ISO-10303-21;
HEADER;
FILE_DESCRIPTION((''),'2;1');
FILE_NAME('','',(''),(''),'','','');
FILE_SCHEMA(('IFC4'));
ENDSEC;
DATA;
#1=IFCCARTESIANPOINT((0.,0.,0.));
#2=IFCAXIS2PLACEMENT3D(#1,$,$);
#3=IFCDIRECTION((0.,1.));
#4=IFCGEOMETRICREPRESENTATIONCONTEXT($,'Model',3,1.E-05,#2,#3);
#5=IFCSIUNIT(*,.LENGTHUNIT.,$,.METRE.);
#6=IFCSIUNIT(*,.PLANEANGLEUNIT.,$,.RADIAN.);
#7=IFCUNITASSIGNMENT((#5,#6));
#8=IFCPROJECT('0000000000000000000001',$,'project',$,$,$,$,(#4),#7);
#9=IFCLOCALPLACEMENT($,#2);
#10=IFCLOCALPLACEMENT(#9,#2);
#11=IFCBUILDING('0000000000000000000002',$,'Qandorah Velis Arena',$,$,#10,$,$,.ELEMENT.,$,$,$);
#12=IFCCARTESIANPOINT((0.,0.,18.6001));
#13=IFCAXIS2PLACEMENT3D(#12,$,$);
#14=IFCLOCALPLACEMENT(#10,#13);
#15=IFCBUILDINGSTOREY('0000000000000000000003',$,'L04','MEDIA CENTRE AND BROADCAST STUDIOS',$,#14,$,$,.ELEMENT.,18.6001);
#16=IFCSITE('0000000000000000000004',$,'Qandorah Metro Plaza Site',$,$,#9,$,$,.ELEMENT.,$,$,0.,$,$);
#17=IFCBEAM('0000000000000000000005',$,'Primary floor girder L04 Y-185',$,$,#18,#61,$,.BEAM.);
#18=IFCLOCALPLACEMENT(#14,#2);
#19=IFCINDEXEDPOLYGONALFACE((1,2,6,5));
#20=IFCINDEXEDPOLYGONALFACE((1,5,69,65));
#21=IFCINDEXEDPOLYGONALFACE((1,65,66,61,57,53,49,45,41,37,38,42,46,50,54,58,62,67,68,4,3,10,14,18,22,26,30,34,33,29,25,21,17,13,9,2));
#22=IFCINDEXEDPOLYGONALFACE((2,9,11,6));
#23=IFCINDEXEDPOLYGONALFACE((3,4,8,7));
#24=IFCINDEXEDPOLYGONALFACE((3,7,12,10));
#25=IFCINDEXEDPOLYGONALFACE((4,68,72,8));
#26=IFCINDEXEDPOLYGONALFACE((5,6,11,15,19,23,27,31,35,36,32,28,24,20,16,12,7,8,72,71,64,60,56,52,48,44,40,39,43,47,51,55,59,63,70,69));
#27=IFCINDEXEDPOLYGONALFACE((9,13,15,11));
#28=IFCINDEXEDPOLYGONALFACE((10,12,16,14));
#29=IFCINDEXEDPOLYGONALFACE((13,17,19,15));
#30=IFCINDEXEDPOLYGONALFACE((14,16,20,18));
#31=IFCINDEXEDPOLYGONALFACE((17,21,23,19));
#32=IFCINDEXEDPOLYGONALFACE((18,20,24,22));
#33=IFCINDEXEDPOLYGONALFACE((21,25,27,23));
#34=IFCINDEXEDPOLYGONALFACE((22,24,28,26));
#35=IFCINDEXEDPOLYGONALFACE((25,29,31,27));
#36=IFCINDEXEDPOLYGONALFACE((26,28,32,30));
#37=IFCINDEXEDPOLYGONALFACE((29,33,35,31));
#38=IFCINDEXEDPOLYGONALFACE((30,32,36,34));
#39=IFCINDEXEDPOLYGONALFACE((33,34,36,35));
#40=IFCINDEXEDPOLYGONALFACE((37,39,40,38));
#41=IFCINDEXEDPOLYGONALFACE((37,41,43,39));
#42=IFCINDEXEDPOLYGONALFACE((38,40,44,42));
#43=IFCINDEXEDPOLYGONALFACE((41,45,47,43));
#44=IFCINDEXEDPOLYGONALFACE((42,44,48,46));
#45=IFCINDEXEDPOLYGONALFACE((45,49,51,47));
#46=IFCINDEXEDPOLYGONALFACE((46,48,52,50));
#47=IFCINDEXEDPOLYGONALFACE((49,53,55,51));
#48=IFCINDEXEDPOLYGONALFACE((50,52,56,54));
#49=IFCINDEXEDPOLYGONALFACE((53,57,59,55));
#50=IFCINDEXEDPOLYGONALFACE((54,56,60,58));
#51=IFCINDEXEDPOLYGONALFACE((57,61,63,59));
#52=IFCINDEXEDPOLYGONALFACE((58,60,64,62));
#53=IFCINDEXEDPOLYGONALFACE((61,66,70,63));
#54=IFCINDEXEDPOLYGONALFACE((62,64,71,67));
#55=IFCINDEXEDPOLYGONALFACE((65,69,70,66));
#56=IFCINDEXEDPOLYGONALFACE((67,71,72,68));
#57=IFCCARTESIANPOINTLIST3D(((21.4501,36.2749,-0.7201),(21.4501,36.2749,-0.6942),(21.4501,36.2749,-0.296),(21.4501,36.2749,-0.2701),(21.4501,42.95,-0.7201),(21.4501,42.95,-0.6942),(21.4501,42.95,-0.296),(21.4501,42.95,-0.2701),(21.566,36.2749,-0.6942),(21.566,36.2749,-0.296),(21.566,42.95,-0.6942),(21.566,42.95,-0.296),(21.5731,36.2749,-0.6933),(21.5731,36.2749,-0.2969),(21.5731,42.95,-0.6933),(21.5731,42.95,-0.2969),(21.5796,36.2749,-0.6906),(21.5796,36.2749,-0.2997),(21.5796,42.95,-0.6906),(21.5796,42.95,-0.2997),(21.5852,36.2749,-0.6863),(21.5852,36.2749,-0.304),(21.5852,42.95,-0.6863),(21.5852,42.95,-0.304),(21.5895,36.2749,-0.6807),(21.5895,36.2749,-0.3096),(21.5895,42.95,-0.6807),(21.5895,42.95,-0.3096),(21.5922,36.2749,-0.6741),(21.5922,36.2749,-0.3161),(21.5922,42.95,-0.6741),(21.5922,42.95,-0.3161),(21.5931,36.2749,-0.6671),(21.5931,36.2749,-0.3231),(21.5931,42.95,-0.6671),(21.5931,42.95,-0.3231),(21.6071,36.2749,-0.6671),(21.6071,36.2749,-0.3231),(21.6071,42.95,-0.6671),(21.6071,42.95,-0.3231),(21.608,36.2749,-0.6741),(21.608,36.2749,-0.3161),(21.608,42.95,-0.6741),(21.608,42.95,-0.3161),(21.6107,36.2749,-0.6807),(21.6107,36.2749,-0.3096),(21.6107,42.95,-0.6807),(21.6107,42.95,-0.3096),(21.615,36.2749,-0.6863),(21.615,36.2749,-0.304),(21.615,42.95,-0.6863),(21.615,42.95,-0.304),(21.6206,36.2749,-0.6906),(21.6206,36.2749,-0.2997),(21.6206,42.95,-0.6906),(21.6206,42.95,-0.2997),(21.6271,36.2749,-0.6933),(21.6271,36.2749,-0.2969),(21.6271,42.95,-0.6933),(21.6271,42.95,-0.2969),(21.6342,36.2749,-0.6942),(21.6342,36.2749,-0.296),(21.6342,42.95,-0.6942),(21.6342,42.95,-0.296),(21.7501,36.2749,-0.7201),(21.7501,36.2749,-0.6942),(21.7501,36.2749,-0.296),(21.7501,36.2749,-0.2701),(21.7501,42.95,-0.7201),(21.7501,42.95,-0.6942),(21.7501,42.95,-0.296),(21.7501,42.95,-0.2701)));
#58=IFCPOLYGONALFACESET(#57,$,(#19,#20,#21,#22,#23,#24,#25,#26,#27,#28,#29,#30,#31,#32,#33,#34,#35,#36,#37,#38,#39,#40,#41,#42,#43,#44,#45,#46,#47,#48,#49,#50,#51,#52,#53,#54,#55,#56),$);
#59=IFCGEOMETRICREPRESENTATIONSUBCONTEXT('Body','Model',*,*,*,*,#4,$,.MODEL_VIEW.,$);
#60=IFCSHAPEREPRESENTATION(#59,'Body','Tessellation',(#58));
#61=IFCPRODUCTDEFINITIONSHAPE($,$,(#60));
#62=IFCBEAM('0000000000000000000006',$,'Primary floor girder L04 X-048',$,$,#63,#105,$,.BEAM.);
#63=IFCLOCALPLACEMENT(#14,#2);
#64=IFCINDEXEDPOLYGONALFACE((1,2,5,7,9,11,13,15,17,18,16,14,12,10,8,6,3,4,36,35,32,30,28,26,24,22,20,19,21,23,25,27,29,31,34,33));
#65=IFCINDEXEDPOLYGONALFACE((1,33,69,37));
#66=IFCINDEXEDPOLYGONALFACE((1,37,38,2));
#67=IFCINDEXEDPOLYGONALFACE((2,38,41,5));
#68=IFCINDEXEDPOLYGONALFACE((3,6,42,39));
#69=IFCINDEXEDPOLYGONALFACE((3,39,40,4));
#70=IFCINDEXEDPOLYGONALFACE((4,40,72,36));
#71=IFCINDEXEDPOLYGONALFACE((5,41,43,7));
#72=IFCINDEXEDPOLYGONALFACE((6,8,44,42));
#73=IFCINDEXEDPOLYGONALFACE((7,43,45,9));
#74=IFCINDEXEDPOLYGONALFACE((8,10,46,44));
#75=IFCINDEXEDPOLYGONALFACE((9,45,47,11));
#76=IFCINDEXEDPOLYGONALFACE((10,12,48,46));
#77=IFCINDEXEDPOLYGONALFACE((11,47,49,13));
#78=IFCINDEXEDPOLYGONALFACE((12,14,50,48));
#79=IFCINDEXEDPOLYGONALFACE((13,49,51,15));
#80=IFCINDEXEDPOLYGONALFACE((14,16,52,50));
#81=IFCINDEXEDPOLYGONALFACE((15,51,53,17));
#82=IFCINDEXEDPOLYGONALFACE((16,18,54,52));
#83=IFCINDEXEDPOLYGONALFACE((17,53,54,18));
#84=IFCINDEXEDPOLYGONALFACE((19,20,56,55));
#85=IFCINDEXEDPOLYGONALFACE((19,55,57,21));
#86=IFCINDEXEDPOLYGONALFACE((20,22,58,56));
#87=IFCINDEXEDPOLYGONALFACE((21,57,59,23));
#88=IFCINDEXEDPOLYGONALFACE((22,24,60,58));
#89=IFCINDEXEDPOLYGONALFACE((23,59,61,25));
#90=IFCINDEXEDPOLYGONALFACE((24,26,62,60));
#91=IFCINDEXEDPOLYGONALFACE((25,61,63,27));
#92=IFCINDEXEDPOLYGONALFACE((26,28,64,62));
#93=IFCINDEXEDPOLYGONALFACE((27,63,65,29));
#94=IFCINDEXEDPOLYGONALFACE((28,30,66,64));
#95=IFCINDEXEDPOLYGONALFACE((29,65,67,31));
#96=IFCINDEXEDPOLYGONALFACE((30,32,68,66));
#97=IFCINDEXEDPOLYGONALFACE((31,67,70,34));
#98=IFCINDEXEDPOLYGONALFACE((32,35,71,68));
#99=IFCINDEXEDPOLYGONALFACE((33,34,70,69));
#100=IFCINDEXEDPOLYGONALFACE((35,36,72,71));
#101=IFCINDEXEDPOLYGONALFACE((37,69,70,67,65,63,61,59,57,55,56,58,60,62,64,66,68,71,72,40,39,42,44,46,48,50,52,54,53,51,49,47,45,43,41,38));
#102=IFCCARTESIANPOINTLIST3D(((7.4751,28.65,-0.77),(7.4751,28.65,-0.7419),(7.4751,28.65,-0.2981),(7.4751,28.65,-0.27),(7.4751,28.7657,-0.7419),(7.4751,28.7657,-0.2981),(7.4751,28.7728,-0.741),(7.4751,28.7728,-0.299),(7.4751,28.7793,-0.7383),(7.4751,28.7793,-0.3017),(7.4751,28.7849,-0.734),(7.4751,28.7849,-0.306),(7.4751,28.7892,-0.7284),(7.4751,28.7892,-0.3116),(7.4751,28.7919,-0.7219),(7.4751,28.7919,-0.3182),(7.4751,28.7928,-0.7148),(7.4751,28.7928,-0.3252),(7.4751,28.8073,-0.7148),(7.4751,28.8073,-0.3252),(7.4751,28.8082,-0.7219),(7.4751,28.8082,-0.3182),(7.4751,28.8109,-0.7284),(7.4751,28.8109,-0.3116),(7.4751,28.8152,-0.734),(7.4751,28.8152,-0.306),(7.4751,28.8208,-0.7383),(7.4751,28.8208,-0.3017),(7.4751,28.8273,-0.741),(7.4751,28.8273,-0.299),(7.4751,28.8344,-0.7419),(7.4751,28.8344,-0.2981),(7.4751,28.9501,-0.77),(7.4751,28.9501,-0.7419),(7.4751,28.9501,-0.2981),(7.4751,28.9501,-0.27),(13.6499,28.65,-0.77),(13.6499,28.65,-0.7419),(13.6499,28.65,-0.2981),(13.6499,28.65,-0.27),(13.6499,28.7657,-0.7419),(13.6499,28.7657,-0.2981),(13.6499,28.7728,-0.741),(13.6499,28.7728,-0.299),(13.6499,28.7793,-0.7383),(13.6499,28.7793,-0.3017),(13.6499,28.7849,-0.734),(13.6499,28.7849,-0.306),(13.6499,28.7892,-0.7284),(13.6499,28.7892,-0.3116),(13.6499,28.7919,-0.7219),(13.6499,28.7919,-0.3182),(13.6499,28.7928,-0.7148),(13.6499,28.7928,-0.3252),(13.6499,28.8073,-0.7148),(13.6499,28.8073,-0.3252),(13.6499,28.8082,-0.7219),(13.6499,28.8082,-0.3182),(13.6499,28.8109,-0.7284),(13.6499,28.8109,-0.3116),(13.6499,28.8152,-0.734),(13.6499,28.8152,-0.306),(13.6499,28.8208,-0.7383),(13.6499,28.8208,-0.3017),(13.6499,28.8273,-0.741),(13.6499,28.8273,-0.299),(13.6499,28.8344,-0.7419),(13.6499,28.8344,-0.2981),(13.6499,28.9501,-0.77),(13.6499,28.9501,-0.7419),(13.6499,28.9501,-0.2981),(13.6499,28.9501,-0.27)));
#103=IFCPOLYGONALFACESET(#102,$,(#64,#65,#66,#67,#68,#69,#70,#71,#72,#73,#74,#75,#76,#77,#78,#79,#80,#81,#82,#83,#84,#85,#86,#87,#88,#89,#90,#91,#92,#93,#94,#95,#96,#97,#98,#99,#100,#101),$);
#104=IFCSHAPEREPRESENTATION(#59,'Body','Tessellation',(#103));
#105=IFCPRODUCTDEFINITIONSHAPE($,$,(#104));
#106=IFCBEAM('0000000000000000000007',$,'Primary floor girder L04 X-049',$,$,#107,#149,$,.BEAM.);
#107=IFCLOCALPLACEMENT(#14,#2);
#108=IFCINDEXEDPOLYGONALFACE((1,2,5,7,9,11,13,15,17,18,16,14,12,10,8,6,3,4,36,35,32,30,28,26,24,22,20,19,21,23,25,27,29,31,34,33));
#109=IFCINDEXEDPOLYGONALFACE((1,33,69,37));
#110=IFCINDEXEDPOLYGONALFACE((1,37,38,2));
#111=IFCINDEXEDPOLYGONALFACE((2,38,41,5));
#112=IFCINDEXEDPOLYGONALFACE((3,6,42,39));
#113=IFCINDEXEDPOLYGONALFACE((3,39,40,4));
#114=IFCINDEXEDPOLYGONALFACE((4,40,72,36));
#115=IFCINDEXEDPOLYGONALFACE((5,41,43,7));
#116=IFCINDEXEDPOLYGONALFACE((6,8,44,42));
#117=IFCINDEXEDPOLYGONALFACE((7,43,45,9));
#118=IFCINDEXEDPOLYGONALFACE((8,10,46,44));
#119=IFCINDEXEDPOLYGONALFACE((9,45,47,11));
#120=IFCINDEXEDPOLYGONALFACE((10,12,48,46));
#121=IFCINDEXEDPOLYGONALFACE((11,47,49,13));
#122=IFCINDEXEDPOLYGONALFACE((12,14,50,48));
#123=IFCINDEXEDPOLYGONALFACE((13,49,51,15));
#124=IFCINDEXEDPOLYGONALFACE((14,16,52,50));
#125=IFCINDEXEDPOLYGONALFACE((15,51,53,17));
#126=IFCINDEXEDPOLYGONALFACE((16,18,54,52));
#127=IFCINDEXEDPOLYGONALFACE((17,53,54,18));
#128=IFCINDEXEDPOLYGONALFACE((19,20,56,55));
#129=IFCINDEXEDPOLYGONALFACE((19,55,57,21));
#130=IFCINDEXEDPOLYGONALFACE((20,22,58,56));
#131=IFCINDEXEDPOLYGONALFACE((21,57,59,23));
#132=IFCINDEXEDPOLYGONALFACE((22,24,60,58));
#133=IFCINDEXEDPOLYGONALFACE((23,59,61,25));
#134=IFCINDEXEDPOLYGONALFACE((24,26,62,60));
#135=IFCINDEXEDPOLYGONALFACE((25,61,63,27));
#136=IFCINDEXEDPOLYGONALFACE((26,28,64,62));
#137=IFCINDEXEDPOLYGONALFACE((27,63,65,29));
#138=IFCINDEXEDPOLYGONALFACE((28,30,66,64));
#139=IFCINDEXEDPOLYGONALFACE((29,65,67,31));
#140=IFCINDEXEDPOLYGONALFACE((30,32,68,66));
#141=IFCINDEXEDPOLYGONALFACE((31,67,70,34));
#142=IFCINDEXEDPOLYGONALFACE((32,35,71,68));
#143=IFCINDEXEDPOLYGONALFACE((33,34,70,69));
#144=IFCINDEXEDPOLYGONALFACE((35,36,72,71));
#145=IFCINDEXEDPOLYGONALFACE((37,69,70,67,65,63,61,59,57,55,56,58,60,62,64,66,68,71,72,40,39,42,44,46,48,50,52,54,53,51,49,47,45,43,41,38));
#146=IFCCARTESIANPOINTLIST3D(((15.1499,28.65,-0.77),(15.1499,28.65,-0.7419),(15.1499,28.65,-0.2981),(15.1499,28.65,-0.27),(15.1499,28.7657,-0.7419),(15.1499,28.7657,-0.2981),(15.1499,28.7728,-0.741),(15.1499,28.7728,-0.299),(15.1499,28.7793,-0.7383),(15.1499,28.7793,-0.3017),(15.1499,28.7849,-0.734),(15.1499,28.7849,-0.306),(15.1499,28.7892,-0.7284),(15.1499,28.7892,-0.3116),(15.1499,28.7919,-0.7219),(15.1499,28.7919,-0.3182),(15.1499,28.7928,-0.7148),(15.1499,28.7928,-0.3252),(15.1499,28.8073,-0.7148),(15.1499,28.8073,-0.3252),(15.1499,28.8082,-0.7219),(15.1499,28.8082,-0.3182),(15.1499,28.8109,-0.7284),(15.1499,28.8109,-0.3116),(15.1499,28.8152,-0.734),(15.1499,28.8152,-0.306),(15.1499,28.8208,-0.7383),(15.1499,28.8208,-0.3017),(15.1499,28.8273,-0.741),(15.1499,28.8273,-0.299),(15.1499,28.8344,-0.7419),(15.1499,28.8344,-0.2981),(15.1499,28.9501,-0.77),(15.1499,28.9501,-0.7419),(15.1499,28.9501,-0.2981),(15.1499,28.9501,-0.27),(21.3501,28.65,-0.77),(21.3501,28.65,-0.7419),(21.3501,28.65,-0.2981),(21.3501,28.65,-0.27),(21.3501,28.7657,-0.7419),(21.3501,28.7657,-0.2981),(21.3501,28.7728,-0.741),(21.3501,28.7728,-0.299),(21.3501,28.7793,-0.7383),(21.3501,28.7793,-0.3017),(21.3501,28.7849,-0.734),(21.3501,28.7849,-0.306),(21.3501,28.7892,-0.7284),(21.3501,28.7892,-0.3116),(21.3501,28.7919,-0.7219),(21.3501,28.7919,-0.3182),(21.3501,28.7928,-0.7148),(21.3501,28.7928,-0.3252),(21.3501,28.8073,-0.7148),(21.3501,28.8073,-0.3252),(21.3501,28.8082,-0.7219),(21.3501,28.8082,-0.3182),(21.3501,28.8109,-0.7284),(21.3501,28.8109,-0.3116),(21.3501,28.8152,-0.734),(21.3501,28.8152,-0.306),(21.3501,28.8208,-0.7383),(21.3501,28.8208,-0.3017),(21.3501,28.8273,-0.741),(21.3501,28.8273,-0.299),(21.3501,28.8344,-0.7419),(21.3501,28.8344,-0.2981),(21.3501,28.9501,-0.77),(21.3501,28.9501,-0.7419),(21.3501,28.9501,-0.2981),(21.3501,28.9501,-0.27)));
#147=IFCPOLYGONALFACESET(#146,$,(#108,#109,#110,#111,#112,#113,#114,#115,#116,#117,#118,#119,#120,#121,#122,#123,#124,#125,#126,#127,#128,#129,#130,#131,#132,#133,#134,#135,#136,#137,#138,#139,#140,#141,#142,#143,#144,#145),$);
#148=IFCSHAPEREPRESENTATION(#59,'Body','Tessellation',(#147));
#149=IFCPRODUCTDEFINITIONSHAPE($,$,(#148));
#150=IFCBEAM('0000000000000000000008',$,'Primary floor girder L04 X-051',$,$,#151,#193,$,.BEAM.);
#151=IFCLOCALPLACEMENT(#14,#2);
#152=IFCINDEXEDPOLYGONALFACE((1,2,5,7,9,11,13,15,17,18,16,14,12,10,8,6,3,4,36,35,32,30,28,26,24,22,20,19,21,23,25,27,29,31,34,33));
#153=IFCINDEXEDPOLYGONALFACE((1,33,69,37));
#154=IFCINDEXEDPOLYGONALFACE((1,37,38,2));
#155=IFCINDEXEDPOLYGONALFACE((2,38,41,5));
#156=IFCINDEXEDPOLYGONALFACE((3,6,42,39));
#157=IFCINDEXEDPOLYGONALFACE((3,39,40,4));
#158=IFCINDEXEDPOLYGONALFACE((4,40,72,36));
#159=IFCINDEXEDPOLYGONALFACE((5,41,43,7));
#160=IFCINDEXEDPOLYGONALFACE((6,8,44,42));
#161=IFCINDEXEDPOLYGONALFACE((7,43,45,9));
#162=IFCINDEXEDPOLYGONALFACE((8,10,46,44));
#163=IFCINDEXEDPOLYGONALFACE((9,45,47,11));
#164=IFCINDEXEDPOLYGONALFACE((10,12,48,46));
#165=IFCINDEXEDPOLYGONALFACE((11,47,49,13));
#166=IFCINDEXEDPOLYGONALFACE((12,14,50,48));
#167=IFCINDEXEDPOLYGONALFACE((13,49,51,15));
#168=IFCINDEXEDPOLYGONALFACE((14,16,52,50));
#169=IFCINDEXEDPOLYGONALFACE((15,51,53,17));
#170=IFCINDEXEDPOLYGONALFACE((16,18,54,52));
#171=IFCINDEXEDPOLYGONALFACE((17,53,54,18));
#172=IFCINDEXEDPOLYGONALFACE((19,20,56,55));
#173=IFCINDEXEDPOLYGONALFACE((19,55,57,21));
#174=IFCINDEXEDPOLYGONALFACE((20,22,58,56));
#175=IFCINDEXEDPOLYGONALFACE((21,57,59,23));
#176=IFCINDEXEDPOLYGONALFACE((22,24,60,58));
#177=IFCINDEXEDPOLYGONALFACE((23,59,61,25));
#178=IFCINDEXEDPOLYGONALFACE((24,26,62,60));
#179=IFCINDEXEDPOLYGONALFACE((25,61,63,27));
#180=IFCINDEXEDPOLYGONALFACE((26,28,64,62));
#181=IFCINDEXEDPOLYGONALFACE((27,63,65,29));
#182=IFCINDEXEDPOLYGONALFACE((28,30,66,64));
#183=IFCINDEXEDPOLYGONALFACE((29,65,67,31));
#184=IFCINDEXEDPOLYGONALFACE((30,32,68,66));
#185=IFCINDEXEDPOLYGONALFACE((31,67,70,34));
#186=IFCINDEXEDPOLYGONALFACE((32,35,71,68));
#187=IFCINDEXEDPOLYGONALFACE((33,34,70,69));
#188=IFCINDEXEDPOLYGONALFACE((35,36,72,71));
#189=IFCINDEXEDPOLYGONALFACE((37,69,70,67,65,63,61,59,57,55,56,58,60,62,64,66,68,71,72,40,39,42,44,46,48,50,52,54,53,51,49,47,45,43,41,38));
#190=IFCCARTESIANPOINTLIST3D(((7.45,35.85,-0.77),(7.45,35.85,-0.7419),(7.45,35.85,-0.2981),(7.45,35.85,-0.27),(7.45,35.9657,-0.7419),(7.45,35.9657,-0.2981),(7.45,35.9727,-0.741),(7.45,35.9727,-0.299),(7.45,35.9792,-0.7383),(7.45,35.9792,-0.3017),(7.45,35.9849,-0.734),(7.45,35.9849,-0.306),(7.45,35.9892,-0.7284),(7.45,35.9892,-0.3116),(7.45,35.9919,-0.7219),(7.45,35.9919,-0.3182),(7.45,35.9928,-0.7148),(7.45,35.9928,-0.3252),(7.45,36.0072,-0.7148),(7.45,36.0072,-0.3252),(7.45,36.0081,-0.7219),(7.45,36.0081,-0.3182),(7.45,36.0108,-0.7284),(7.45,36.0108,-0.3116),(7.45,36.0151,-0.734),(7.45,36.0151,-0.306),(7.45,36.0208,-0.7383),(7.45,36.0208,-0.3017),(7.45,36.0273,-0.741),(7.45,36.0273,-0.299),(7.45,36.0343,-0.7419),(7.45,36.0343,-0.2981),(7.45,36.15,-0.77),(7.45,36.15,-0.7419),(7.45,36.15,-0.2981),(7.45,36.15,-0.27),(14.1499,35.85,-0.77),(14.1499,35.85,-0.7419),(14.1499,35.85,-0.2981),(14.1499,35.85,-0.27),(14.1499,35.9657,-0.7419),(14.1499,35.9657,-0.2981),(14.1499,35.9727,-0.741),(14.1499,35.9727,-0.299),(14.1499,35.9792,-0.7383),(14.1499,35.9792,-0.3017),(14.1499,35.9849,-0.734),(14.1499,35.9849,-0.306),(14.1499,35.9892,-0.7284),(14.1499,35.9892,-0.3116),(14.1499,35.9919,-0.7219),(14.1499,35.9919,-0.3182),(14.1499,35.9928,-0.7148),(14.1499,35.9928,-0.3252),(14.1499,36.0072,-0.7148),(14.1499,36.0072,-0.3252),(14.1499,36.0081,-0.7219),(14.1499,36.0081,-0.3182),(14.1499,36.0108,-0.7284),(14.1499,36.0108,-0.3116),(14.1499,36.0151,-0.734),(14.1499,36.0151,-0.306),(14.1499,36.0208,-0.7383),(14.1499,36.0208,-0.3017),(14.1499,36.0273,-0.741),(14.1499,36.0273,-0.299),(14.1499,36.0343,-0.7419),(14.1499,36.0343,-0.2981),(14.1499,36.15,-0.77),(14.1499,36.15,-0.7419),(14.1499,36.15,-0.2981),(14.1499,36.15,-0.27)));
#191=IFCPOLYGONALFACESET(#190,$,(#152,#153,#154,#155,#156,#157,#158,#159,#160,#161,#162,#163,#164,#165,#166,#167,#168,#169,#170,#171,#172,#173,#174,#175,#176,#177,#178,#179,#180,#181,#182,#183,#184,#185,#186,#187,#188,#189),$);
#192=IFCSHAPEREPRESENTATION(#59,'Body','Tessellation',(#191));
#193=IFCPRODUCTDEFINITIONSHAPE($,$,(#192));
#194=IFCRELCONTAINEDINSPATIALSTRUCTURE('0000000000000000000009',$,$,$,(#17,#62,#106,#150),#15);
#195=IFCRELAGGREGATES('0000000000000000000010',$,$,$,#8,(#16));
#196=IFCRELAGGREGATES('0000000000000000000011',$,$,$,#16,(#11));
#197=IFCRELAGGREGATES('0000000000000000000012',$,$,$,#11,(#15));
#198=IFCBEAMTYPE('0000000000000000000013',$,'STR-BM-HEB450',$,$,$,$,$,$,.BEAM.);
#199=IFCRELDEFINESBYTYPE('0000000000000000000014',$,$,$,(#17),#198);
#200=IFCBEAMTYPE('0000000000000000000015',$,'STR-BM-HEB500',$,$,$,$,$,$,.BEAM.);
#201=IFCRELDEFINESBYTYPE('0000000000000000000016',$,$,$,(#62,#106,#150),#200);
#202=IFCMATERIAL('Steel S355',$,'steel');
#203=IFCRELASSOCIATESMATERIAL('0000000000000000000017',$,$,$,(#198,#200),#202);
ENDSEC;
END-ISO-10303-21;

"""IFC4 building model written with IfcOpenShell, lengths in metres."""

from ifc_helpers import new_model, si_unit, direction, frame, origin, origin_2d, place, context, subcontext, project, spatial, i_section, extrude, material, material_profile, profile_set, type_object, element, save


model = new_model("IFC4")

# Units and contexts
model_context = context("Model", 3, precision=1e-05, world=origin(), true_north=direction((0.0, 1.0)))
body_context = subcontext(model_context, "Body", "Model", "MODEL_VIEW")
ifc_project = project(units=[si_unit("LENGTHUNIT", "METRE"), si_unit("PLANEANGLEUNIT", "RADIAN")], contexts=[model_context])

# Site, building, storey
site_placement = place(None, origin())
site = spatial("IfcSite", under=ifc_project, at=site_placement, Name="Qandorah Metro Plaza Site", CompositionType="ELEMENT", RefElevation=0.0)
building_placement = place(site_placement, origin())
building = spatial("IfcBuilding", under=site, at=building_placement, Name="Qandorah Velis Arena", CompositionType="ELEMENT")
storey_placement = place(building_placement, frame((0.0, 0.0, 18.6001)))
storey = spatial("IfcBuildingStorey", under=building, at=storey_placement, Name="L04", Description="MEDIA CENTRE AND BROADCAST STUDIOS", CompositionType="ELEMENT", Elevation=18.6001)

# Shared definitions
ifc_material_1 = material(Name="Steel S355", Category="steel")

# Beams
ifc_material_profile_1 = material_profile(ifc_material_1, i_section(OverallWidth=0.3, OverallDepth=0.45, WebThickness=0.0139, FlangeThickness=0.0259, FilletRadius=0.0271, at=origin_2d()), Name="HEB 450")
ifc_profile_set_1 = profile_set([ifc_material_profile_1], Name="Steel S355")
beam_type_1 = type_object("IfcBeamType", Name="STR-BM-HEB450", PredefinedType="BEAM", material=ifc_profile_set_1)
for number, where, z_axis, x_axis, name in (
    (1, (21.6001, 36.2749, -0.4951), (0.0, 1.0, 0.0), (-1.0, 0.0, 0.0), "Primary floor girder L04 Y-185"),
):
    element("IfcBeam", number, at=place(storey_placement, frame(where, z_axis=z_axis, x_axis=x_axis)), inside=storey, type_object=beam_type_1, Name=name, PredefinedType="BEAM", context=body_context, shape_type="SweptSolid", body=[
        extrude(i_section(OverallWidth=0.3, OverallDepth=0.45, WebThickness=0.0139, FlangeThickness=0.0259, FilletRadius=0.0271, at=origin_2d()), origin(), (0.0, 0.0, 1.0), 6.675),
    ])
ifc_material_profile_2 = material_profile(ifc_material_1, i_section(OverallWidth=0.3, OverallDepth=0.5, WebThickness=0.0144, FlangeThickness=0.0281, FilletRadius=0.0271, at=origin_2d()), Name="HEB 500")
ifc_profile_set_2 = profile_set([ifc_material_profile_2], Name="Steel S355")
beam_type_2 = type_object("IfcBeamType", Name="STR-BM-HEB500", PredefinedType="BEAM", material=ifc_profile_set_2)
beam_1_placement = place(storey_placement, frame((7.4751, 28.8, -0.52), z_axis=(1.0, 0.0, 0.0), x_axis=(0.0, 1.0, 0.0)))
element("IfcBeam", 2, at=beam_1_placement, inside=storey, type_object=beam_type_2, Name="Primary floor girder L04 X-048", PredefinedType="BEAM", context=body_context, shape_type="SweptSolid", body=[
    extrude(i_section(OverallWidth=0.3, OverallDepth=0.5, WebThickness=0.0144, FlangeThickness=0.0281, FilletRadius=0.0271, at=origin_2d()), origin(), (0.0, 0.0, 1.0), 6.1748),
])
beam_2_placement = place(storey_placement, frame((15.1499, 28.8, -0.52), z_axis=(1.0, 0.0, 0.0), x_axis=(0.0, 1.0, 0.0)))
element("IfcBeam", 3, at=beam_2_placement, inside=storey, type_object=beam_type_2, Name="Primary floor girder L04 X-049", PredefinedType="BEAM", context=body_context, shape_type="SweptSolid", body=[
    extrude(i_section(OverallWidth=0.3, OverallDepth=0.5, WebThickness=0.0144, FlangeThickness=0.0281, FilletRadius=0.0271, at=origin_2d()), origin(), (0.0, 0.0, 1.0), 6.2002),
])
beam_3_placement = place(storey_placement, frame((7.45, 36.0, -0.52), z_axis=(1.0, 0.0, 0.0), x_axis=(0.0, 1.0, 0.0)))
element("IfcBeam", 4, at=beam_3_placement, inside=storey, type_object=beam_type_2, Name="Primary floor girder L04 X-051", PredefinedType="BEAM", context=body_context, shape_type="SweptSolid", body=[
    extrude(i_section(OverallWidth=0.3, OverallDepth=0.5, WebThickness=0.0144, FlangeThickness=0.0281, FilletRadius=0.0271, at=origin_2d()), origin(), (0.0, 0.0, 1.0), 6.7),
])

save(model, "model.ifc")
